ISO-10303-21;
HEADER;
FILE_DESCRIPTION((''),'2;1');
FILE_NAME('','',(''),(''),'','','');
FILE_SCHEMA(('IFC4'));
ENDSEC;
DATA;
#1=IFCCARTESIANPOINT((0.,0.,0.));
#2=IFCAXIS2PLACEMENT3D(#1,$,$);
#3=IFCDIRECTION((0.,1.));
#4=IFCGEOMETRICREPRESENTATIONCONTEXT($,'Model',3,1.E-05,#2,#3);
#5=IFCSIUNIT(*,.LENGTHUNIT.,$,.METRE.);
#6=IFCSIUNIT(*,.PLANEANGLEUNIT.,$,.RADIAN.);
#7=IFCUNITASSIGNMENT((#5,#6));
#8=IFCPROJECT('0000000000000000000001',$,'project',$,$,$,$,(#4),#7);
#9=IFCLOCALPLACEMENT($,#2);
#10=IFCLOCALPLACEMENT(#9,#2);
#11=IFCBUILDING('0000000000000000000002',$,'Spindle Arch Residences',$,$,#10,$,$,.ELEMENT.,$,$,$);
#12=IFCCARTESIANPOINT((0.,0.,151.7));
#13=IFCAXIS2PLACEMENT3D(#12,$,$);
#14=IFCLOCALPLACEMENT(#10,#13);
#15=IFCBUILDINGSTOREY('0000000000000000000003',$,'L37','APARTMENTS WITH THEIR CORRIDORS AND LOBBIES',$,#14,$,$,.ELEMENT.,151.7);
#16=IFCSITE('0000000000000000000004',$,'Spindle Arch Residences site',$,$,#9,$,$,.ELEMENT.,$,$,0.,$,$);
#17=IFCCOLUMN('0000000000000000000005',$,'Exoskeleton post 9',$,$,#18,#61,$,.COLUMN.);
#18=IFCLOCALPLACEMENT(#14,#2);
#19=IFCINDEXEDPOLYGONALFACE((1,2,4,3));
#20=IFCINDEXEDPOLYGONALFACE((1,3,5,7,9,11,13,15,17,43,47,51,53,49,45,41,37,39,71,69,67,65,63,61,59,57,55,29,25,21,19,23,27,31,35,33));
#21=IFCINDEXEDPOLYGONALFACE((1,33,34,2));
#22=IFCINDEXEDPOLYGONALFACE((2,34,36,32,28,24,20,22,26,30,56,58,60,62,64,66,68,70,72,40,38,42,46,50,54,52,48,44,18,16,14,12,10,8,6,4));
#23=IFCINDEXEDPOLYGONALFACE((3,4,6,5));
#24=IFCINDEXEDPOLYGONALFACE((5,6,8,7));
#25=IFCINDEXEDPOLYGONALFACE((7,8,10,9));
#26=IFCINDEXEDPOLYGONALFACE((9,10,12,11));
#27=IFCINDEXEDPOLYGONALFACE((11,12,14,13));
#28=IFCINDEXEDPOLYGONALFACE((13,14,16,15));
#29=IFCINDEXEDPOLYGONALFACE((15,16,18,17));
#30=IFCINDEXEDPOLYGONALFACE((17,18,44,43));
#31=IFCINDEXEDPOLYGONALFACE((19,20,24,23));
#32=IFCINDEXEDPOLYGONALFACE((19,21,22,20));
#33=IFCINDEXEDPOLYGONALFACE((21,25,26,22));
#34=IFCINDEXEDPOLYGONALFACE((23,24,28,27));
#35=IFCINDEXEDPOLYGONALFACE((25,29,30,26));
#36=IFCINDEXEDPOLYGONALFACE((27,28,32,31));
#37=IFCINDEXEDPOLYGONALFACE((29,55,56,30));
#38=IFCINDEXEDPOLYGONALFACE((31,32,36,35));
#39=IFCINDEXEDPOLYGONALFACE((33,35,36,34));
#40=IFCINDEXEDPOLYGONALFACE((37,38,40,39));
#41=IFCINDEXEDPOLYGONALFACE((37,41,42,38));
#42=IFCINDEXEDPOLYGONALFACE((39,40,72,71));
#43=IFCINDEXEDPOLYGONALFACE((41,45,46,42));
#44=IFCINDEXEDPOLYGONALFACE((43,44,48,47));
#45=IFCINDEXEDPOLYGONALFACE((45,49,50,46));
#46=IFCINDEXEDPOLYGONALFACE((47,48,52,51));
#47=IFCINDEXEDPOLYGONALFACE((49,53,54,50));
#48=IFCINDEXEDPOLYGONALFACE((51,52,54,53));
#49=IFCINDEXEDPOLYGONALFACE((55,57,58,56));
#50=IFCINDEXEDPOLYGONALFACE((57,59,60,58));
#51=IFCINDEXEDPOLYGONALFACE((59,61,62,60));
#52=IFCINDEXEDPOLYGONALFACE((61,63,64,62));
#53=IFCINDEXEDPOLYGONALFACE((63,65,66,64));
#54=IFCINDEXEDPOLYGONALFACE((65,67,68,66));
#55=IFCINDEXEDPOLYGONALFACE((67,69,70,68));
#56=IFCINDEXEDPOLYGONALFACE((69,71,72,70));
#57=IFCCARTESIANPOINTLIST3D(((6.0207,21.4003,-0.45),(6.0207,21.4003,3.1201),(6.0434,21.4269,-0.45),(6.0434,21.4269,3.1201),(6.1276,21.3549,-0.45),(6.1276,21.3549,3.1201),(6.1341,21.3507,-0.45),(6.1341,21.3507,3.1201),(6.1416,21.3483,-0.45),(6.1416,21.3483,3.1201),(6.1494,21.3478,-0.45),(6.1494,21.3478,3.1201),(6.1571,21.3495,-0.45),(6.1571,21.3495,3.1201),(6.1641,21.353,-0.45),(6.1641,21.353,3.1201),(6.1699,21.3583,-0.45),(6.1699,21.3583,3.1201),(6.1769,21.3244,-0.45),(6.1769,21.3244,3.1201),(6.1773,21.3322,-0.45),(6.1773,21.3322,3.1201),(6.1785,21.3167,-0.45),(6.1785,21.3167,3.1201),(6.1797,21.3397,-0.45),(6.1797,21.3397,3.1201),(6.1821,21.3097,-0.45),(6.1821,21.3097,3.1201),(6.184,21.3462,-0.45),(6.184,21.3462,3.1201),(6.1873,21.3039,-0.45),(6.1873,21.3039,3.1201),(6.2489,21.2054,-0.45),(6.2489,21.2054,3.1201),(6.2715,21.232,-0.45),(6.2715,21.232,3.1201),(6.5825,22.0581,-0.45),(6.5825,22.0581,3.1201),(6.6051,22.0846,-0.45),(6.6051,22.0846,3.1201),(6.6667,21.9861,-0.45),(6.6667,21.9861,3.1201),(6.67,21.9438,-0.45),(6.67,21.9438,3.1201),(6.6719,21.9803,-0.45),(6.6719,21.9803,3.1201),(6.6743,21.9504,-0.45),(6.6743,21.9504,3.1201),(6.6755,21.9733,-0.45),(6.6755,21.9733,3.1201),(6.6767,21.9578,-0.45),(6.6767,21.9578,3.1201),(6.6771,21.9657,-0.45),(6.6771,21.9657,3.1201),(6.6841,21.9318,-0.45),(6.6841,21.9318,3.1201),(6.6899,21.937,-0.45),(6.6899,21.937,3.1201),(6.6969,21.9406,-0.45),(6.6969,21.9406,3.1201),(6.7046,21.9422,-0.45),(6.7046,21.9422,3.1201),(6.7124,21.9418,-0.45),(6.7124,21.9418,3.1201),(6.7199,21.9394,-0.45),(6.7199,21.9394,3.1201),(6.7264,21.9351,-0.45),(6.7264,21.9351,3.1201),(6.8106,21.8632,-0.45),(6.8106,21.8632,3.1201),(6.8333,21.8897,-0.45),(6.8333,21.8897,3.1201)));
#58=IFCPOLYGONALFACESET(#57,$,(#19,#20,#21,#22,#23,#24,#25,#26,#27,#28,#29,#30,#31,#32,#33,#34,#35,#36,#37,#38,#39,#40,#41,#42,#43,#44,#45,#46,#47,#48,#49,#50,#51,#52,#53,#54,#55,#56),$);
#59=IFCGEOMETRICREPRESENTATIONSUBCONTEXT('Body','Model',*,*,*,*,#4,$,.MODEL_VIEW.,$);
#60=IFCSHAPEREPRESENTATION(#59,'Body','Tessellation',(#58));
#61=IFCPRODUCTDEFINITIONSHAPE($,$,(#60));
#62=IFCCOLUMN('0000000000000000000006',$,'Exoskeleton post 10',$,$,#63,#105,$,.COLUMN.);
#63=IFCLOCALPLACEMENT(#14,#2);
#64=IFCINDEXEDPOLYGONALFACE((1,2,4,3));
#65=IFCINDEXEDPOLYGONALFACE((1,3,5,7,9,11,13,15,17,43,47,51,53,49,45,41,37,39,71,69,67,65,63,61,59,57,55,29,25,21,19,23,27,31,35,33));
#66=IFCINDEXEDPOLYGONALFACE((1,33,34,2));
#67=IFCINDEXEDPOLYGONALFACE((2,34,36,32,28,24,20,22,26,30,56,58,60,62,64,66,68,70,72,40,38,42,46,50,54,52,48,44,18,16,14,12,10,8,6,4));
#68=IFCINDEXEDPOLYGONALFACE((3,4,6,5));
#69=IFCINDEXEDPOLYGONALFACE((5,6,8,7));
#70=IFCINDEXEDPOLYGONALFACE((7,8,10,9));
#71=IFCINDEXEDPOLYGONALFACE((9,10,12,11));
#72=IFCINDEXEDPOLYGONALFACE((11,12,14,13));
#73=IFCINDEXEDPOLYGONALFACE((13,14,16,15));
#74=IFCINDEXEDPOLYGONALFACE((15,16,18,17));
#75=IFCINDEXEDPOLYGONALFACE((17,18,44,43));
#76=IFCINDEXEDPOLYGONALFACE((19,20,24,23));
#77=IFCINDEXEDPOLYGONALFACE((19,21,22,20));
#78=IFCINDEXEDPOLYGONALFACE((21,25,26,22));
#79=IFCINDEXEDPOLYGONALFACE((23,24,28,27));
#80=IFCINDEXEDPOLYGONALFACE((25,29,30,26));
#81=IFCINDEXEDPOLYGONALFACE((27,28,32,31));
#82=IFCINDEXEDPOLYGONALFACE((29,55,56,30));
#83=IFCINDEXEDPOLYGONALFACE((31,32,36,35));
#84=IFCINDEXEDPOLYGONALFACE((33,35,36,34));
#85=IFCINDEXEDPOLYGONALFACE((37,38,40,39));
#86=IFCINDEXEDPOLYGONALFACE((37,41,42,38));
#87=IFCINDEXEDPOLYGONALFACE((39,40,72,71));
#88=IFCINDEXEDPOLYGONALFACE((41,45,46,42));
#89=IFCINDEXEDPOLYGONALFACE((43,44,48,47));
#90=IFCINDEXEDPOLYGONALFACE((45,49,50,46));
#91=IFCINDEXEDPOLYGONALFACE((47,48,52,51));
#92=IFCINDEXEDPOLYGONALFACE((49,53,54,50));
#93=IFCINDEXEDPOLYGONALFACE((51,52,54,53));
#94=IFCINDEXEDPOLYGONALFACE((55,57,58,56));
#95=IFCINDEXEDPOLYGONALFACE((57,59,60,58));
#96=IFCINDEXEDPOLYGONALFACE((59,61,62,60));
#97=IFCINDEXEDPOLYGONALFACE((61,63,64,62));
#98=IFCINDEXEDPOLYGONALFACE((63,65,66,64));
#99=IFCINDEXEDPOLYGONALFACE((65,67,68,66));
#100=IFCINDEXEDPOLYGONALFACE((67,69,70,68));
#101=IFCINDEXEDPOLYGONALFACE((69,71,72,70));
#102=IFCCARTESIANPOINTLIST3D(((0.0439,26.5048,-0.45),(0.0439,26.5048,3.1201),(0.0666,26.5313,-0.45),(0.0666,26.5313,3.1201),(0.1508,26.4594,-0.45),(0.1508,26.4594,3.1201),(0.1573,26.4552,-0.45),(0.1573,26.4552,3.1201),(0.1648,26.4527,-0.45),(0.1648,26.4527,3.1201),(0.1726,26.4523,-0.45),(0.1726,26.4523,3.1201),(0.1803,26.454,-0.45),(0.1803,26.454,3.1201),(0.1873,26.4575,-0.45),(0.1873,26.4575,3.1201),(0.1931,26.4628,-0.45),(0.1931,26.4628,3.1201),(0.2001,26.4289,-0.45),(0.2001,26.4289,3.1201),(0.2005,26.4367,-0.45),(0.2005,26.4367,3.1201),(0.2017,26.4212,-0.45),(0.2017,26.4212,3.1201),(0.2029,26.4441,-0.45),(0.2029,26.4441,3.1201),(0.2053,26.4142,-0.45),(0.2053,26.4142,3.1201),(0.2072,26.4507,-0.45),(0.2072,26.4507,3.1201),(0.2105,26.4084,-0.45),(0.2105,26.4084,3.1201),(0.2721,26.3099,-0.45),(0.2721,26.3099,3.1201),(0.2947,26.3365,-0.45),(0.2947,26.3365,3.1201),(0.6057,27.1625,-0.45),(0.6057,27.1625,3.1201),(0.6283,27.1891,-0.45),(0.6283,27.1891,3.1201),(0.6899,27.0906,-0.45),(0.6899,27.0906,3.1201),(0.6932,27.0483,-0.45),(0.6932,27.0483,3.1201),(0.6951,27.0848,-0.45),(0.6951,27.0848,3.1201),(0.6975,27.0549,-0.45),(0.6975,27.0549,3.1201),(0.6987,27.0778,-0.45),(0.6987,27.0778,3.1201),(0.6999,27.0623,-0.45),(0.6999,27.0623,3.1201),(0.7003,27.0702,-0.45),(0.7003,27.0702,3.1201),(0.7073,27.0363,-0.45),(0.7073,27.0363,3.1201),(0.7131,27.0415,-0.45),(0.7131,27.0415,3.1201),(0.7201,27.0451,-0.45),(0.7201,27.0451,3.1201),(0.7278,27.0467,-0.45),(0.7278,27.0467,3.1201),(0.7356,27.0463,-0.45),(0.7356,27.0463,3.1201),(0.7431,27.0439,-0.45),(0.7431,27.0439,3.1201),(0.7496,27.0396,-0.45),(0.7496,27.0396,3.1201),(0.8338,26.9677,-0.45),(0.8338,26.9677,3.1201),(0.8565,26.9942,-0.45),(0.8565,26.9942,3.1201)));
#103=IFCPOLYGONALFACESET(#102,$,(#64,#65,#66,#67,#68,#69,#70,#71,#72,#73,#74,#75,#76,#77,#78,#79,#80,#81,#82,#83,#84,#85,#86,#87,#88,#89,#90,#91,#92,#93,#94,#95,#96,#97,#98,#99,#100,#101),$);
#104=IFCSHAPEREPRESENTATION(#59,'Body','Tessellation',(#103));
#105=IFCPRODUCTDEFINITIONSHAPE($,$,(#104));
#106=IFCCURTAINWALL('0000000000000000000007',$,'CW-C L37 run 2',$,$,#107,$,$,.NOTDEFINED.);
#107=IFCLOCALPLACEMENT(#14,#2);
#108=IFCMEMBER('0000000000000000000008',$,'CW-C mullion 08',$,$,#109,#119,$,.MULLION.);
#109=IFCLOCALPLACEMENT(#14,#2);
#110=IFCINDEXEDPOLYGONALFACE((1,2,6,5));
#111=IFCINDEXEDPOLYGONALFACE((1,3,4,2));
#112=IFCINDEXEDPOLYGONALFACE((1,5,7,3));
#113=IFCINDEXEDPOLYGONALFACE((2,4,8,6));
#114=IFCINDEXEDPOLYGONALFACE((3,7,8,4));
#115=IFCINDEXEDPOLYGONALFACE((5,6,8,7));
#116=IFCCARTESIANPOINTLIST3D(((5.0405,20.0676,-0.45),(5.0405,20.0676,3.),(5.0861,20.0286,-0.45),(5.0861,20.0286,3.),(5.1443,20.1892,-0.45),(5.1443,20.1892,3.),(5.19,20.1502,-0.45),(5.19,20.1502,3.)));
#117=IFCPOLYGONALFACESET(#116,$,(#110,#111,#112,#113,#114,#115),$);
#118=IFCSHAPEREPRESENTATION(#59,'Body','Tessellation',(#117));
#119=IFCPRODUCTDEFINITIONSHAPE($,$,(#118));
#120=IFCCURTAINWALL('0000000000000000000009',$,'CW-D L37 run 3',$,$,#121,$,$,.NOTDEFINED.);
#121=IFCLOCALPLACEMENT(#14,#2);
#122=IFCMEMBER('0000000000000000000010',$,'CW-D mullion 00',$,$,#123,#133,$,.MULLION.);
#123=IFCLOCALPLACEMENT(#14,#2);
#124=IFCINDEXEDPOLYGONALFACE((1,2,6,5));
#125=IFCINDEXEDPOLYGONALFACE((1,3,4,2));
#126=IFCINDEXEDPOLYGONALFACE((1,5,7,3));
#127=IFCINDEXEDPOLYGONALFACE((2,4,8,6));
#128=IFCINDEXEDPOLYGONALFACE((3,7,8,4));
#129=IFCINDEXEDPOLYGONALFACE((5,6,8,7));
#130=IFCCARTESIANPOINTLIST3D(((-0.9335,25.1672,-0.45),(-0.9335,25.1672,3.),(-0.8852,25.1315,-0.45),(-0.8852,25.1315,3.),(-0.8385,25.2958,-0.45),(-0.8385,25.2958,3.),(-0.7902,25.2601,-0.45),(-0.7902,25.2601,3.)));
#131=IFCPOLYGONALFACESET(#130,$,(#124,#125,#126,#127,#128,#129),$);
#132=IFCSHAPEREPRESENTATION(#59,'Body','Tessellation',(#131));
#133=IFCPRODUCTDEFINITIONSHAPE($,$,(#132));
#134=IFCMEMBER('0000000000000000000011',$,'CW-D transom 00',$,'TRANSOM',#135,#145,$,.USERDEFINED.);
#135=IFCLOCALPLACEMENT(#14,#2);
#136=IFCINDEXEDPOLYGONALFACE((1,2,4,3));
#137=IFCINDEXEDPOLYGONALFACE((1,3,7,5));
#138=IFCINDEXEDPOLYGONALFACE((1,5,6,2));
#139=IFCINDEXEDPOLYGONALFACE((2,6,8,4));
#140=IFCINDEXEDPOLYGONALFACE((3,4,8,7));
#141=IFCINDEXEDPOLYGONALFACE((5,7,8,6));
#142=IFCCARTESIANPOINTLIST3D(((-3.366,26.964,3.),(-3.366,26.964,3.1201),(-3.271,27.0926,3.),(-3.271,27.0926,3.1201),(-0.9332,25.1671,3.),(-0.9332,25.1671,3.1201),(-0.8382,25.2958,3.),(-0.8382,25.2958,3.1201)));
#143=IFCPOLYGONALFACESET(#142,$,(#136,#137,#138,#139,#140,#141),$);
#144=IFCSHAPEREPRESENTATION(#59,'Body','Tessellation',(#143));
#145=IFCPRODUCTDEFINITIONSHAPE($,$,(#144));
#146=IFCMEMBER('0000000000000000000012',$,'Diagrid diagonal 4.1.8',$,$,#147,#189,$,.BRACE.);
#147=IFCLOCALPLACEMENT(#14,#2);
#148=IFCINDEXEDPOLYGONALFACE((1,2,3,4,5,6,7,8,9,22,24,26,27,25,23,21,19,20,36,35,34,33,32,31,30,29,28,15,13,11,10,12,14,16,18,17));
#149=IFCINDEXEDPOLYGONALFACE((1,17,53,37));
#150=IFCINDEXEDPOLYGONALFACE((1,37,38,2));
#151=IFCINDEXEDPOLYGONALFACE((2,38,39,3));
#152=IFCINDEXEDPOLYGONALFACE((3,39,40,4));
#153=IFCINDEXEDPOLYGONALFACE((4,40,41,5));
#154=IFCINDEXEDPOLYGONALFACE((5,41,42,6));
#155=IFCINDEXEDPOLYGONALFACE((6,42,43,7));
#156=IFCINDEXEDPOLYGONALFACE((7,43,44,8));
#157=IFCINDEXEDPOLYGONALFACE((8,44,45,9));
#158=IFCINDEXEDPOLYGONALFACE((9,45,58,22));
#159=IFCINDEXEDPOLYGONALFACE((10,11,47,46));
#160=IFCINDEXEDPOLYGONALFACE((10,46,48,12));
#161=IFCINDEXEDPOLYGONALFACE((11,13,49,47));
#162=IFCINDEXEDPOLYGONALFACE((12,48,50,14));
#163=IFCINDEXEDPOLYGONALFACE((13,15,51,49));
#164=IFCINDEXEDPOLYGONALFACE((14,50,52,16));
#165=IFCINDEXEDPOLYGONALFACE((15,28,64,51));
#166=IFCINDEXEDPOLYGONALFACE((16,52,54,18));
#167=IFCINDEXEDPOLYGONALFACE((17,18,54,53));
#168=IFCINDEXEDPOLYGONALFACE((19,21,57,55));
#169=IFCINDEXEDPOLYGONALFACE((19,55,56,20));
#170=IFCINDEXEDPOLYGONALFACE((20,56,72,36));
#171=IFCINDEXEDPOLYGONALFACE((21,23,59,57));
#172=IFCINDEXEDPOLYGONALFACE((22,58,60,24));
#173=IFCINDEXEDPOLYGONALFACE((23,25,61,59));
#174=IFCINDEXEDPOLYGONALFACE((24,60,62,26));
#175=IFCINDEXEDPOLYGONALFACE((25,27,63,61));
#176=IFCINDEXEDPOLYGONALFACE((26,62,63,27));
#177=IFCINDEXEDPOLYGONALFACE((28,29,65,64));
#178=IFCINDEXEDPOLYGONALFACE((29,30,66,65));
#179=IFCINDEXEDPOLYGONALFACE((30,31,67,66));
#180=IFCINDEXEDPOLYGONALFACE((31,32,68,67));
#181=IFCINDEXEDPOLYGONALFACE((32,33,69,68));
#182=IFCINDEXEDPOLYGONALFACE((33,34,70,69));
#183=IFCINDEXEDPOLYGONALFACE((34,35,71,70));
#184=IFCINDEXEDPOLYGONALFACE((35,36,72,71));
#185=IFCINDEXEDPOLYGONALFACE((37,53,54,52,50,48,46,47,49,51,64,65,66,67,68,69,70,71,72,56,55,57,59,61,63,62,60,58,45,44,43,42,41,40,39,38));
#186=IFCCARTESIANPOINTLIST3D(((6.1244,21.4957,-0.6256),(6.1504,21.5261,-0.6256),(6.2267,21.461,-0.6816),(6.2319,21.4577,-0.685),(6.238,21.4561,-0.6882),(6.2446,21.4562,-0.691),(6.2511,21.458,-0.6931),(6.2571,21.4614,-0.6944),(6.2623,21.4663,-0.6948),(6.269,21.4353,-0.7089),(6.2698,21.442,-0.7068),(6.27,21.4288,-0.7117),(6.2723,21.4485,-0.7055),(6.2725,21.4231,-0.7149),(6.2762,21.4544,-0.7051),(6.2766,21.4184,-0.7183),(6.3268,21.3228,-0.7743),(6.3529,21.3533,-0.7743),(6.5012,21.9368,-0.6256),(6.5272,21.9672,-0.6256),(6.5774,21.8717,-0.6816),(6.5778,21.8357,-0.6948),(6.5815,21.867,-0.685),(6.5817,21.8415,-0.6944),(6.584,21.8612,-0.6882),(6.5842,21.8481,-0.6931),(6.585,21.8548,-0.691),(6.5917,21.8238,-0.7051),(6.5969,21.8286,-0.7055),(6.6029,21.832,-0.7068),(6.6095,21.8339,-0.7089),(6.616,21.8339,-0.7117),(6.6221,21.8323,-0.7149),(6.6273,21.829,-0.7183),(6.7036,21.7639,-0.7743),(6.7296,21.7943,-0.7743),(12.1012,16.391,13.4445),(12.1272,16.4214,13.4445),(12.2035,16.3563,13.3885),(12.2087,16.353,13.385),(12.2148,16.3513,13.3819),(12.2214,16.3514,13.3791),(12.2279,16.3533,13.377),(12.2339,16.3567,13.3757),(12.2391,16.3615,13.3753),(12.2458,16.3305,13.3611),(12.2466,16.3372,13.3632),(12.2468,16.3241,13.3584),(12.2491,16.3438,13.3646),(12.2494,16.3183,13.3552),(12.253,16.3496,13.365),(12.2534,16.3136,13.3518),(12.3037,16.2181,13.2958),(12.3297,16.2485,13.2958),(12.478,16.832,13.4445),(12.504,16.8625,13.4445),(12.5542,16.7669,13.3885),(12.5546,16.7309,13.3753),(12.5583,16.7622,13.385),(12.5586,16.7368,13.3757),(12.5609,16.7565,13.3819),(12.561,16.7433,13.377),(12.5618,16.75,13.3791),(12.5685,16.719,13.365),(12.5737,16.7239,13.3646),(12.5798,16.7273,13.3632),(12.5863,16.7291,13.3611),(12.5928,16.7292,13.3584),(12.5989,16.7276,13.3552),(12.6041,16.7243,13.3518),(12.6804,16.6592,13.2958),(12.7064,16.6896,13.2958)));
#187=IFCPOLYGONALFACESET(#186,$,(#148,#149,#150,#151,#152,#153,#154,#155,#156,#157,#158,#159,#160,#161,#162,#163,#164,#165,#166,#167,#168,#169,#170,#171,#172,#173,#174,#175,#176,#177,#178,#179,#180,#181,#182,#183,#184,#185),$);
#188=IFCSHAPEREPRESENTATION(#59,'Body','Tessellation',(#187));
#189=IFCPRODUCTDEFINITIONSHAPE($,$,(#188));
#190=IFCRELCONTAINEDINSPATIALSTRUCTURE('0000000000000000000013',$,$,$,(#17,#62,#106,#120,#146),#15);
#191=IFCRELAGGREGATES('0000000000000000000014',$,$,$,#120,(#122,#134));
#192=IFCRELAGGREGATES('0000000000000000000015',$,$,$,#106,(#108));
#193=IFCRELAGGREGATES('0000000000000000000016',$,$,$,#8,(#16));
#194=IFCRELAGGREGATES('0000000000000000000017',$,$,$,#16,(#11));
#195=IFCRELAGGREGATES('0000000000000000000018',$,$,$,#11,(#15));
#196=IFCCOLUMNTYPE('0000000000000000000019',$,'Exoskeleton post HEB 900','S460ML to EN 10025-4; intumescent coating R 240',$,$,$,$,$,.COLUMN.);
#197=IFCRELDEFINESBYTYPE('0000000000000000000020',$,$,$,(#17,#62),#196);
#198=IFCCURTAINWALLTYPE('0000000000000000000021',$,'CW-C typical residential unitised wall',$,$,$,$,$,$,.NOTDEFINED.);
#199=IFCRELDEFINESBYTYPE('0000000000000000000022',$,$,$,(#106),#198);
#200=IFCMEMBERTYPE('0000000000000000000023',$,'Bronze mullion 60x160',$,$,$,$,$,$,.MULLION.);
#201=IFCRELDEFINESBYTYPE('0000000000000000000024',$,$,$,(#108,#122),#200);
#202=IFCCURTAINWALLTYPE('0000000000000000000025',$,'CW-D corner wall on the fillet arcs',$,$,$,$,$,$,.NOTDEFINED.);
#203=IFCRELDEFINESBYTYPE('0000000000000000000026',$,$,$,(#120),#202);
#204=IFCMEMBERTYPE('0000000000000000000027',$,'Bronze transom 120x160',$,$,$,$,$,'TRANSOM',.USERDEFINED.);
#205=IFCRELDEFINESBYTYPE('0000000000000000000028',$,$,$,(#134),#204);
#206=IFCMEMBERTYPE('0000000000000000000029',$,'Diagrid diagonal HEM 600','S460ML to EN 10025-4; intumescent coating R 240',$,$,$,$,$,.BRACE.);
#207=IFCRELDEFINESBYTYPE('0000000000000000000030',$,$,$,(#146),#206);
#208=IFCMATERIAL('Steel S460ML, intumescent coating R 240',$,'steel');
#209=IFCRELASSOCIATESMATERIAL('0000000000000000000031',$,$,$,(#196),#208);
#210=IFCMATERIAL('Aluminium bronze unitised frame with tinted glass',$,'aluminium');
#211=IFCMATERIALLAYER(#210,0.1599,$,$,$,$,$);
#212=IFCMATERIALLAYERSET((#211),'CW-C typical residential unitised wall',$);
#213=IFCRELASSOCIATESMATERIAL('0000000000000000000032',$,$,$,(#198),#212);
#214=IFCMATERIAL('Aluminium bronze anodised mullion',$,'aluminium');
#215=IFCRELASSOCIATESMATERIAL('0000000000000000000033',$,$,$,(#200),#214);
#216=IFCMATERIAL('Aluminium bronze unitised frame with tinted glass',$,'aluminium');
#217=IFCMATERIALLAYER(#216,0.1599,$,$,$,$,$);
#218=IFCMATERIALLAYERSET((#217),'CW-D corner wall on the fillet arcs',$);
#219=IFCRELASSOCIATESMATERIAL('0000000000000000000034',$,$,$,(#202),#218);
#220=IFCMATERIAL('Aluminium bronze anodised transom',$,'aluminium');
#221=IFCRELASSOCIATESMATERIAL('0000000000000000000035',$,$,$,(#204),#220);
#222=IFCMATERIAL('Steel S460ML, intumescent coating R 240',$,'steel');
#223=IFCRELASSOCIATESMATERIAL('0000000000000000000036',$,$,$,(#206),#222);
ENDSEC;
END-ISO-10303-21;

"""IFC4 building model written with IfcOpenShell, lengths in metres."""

from ifc_helpers import new_model, si_unit, direction, frame, origin, origin_2d, place, context, subcontext, project, spatial, rectangle, i_section, extrude, material, layer, layer_set, material_profile, profile_set, type_object, element, aggregate, save


model = new_model("IFC4")

# Units and contexts
model_context = context("Model", 3, precision=1e-05, world=origin(), true_north=direction((0.0, 1.0)))
body_context = subcontext(model_context, "Body", "Model", "MODEL_VIEW")
ifc_project = project(units=[si_unit("LENGTHUNIT", "METRE"), si_unit("PLANEANGLEUNIT", "RADIAN")], contexts=[model_context])

# Site, building, storey
site_placement = place(None, origin())
site = spatial("IfcSite", under=ifc_project, at=site_placement, Name="Spindle Arch Residences site", CompositionType="ELEMENT", RefElevation=0.0)
building_placement = place(site_placement, origin())
building = spatial("IfcBuilding", under=site, at=building_placement, Name="Spindle Arch Residences", CompositionType="ELEMENT")
storey_placement = place(building_placement, frame((0.0, 0.0, 151.7)))
storey = spatial("IfcBuildingStorey", under=building, at=storey_placement, Name="L37", Description="APARTMENTS WITH THEIR CORRIDORS AND LOBBIES", CompositionType="ELEMENT", Elevation=151.7)

# Columns
ifc_material_1 = material(Name="Steel S460ML, intumescent coating R 240", Category="steel")
ifc_material_profile_1 = material_profile(ifc_material_1, i_section(OverallWidth=0.3, OverallDepth=0.8999, WebThickness=0.0186, FlangeThickness=0.0349, FilletRadius=0.03, at=origin_2d()), Name="HEB 900")
ifc_profile_set_1 = profile_set([ifc_material_profile_1], Name="Steel S460ML, intumescent coating R 240")
column_type = type_object("IfcColumnType", Name="Exoskeleton post HEB 900", Description="S460ML to EN 10025-4; intumescent coating R 240", PredefinedType="COLUMN", material=ifc_profile_set_1)
for number, where, z_axis, x_axis, name in (
    (1, (6.427, 21.645, -0.45), (0.0, 0.0, 1.0), (0.760406, -0.649448, 0.0), "Exoskeleton post 9"),
    (2, (0.4502, 26.7495, -0.45), (0.0, 0.0, 1.0), (0.760406, -0.649448, 0.0), "Exoskeleton post 10"),
):
    element("IfcColumn", number, at=place(storey_placement, frame(where, z_axis=z_axis, x_axis=x_axis)), inside=storey, type_object=column_type, Name=name, PredefinedType="COLUMN", context=body_context, shape_type="SweptSolid", body=[
        extrude(i_section(OverallWidth=0.3, OverallDepth=0.8999, WebThickness=0.0186, FlangeThickness=0.0349, FilletRadius=0.03, at=origin_2d()), origin(), (0.0, 0.0, 1.0), 3.5701),
    ])

# Curtain wall, member
ifc_material_2 = material(Name="Aluminium bronze unitised frame with tinted glass", Category="aluminium")
ifc_layer_1 = layer(ifc_material_2, 0.1599)
ifc_layer_set_1 = layer_set([ifc_layer_1], Name="CW-C typical residential unitised wall")
curtain_wall_type_1 = type_object("IfcCurtainWallType", Name="CW-C typical residential unitised wall", PredefinedType="NOTDEFINED", material=ifc_layer_set_1)
curtain_wall_1_placement = place(storey_placement, origin())
curtain_wall_1 = element("IfcCurtainWall", 3, at=curtain_wall_1_placement, inside=storey, type_object=curtain_wall_type_1, Name="CW-C L37 run 2", PredefinedType="NOTDEFINED")
ifc_material_3 = material(Name="Aluminium bronze anodised mullion", Category="aluminium")
ifc_material_profile_2 = material_profile(ifc_material_3, rectangle(XDim=0.1599, YDim=0.0601, at=origin_2d()), Name="MU 60x160")
ifc_profile_set_2 = profile_set([ifc_material_profile_2], Name="Aluminium bronze anodised mullion")
member_type_1 = type_object("IfcMemberType", Name="Bronze mullion 60x160", PredefinedType="MULLION", material=ifc_profile_set_2)
member_1_placement = place(storey_placement, frame((5.1152, 20.1089, -0.45), z_axis=(0.0, 0.0, 1.0), x_axis=(-0.649448, -0.760406, 0.0)))
member_1 = element("IfcMember", 4, at=member_1_placement, type_object=member_type_1, Name="CW-C mullion 08", PredefinedType="MULLION", context=body_context, shape_type="SweptSolid", body=[
    extrude(rectangle(XDim=0.1599, YDim=0.0601, at=origin_2d()), origin(), (0.0, 0.0, 1.0), 3.45),
])

# Curtain wall, members
ifc_material_4 = material(Name="Aluminium bronze unitised frame with tinted glass", Category="aluminium")
ifc_layer_2 = layer(ifc_material_4, 0.1599)
ifc_layer_set_2 = layer_set([ifc_layer_2], Name="CW-D corner wall on the fillet arcs")
curtain_wall_type_2 = type_object("IfcCurtainWallType", Name="CW-D corner wall on the fillet arcs", PredefinedType="NOTDEFINED", material=ifc_layer_set_2)
curtain_wall_2_placement = place(storey_placement, origin())
curtain_wall_2 = element("IfcCurtainWall", 5, at=curtain_wall_2_placement, inside=storey, type_object=curtain_wall_type_2, Name="CW-D L37 run 3", PredefinedType="NOTDEFINED")
member_2_placement = place(storey_placement, frame((-0.8618, 25.2136, -0.45), z_axis=(0.0, 0.0, 1.0), x_axis=(-0.594134, -0.804366, 0.0)))
member_2 = element("IfcMember", 6, at=member_2_placement, type_object=member_type_1, Name="CW-D mullion 00", PredefinedType="MULLION", context=body_context, shape_type="SweptSolid", body=[
    extrude(rectangle(XDim=0.1599, YDim=0.0601, at=origin_2d()), origin(), (0.0, 0.0, 1.0), 3.45),
])
ifc_material_5 = material(Name="Aluminium bronze anodised transom", Category="aluminium")
ifc_material_profile_3 = material_profile(ifc_material_5, rectangle(XDim=0.1599, YDim=0.1201, at=origin_2d()), Name="TR 120x160")
ifc_profile_set_3 = profile_set([ifc_material_profile_3], Name="Aluminium bronze anodised transom")
member_type_2 = type_object("IfcMemberType", Name="Bronze transom 120x160", ElementType="TRANSOM", PredefinedType="USERDEFINED", material=ifc_profile_set_3)
member_3_placement = place(storey_placement, frame((-0.8857, 25.2314, 3.0601), z_axis=(-0.804386, 0.594107, 0.0), x_axis=(-0.594107, -0.804386, 0.0)))
member_3 = element("IfcMember", 7, at=member_3_placement, type_object=member_type_2, Name="CW-D transom 00", ObjectType="TRANSOM", PredefinedType="USERDEFINED", context=body_context, shape_type="SweptSolid", body=[
    extrude(rectangle(XDim=0.1599, YDim=0.1201, at=origin_2d()), origin(), (0.0, 0.0, 1.0), 3.0244),
])
aggregate(curtain_wall_2, [member_2, member_3])

# Member
ifc_material_6 = material(Name="Steel S460ML, intumescent coating R 240", Category="steel")
ifc_material_profile_4 = material_profile(ifc_material_6, i_section(OverallWidth=0.3049, OverallDepth=0.6201, WebThickness=0.021, FlangeThickness=0.04, FilletRadius=0.0271, at=origin_2d()), Name="HEM 600")
ifc_profile_set_4 = profile_set([ifc_material_profile_4], Name="Steel S460ML, intumescent coating R 240")
member_type_3 = type_object("IfcMemberType", Name="Diagrid diagonal HEM 600", Description="S460ML to EN 10025-4; intumescent coating R 240", PredefinedType="BRACE", material=ifc_profile_set_4)
for number, where, z_axis, x_axis, name in (
    (8, (6.427, 21.645, -0.7), (0.370846, -0.316736, 0.873013), (-0.663841, 0.56698, 0.487697), "Diagrid diagonal 4.1.8"),
):
    element("IfcMember", number, at=place(storey_placement, frame(where, z_axis=z_axis, x_axis=x_axis)), inside=storey, type_object=member_type_3, Name=name, PredefinedType="BRACE", context=body_context, shape_type="SweptSolid", body=[
        extrude(i_section(OverallWidth=0.3049, OverallDepth=0.6201, WebThickness=0.021, FlangeThickness=0.04, FilletRadius=0.0271, at=origin_2d()), origin(), (0.0, 0.0, 1.0), 16.1167),
    ])

aggregate(curtain_wall_1, [member_1])

save(model, "model.ifc")
